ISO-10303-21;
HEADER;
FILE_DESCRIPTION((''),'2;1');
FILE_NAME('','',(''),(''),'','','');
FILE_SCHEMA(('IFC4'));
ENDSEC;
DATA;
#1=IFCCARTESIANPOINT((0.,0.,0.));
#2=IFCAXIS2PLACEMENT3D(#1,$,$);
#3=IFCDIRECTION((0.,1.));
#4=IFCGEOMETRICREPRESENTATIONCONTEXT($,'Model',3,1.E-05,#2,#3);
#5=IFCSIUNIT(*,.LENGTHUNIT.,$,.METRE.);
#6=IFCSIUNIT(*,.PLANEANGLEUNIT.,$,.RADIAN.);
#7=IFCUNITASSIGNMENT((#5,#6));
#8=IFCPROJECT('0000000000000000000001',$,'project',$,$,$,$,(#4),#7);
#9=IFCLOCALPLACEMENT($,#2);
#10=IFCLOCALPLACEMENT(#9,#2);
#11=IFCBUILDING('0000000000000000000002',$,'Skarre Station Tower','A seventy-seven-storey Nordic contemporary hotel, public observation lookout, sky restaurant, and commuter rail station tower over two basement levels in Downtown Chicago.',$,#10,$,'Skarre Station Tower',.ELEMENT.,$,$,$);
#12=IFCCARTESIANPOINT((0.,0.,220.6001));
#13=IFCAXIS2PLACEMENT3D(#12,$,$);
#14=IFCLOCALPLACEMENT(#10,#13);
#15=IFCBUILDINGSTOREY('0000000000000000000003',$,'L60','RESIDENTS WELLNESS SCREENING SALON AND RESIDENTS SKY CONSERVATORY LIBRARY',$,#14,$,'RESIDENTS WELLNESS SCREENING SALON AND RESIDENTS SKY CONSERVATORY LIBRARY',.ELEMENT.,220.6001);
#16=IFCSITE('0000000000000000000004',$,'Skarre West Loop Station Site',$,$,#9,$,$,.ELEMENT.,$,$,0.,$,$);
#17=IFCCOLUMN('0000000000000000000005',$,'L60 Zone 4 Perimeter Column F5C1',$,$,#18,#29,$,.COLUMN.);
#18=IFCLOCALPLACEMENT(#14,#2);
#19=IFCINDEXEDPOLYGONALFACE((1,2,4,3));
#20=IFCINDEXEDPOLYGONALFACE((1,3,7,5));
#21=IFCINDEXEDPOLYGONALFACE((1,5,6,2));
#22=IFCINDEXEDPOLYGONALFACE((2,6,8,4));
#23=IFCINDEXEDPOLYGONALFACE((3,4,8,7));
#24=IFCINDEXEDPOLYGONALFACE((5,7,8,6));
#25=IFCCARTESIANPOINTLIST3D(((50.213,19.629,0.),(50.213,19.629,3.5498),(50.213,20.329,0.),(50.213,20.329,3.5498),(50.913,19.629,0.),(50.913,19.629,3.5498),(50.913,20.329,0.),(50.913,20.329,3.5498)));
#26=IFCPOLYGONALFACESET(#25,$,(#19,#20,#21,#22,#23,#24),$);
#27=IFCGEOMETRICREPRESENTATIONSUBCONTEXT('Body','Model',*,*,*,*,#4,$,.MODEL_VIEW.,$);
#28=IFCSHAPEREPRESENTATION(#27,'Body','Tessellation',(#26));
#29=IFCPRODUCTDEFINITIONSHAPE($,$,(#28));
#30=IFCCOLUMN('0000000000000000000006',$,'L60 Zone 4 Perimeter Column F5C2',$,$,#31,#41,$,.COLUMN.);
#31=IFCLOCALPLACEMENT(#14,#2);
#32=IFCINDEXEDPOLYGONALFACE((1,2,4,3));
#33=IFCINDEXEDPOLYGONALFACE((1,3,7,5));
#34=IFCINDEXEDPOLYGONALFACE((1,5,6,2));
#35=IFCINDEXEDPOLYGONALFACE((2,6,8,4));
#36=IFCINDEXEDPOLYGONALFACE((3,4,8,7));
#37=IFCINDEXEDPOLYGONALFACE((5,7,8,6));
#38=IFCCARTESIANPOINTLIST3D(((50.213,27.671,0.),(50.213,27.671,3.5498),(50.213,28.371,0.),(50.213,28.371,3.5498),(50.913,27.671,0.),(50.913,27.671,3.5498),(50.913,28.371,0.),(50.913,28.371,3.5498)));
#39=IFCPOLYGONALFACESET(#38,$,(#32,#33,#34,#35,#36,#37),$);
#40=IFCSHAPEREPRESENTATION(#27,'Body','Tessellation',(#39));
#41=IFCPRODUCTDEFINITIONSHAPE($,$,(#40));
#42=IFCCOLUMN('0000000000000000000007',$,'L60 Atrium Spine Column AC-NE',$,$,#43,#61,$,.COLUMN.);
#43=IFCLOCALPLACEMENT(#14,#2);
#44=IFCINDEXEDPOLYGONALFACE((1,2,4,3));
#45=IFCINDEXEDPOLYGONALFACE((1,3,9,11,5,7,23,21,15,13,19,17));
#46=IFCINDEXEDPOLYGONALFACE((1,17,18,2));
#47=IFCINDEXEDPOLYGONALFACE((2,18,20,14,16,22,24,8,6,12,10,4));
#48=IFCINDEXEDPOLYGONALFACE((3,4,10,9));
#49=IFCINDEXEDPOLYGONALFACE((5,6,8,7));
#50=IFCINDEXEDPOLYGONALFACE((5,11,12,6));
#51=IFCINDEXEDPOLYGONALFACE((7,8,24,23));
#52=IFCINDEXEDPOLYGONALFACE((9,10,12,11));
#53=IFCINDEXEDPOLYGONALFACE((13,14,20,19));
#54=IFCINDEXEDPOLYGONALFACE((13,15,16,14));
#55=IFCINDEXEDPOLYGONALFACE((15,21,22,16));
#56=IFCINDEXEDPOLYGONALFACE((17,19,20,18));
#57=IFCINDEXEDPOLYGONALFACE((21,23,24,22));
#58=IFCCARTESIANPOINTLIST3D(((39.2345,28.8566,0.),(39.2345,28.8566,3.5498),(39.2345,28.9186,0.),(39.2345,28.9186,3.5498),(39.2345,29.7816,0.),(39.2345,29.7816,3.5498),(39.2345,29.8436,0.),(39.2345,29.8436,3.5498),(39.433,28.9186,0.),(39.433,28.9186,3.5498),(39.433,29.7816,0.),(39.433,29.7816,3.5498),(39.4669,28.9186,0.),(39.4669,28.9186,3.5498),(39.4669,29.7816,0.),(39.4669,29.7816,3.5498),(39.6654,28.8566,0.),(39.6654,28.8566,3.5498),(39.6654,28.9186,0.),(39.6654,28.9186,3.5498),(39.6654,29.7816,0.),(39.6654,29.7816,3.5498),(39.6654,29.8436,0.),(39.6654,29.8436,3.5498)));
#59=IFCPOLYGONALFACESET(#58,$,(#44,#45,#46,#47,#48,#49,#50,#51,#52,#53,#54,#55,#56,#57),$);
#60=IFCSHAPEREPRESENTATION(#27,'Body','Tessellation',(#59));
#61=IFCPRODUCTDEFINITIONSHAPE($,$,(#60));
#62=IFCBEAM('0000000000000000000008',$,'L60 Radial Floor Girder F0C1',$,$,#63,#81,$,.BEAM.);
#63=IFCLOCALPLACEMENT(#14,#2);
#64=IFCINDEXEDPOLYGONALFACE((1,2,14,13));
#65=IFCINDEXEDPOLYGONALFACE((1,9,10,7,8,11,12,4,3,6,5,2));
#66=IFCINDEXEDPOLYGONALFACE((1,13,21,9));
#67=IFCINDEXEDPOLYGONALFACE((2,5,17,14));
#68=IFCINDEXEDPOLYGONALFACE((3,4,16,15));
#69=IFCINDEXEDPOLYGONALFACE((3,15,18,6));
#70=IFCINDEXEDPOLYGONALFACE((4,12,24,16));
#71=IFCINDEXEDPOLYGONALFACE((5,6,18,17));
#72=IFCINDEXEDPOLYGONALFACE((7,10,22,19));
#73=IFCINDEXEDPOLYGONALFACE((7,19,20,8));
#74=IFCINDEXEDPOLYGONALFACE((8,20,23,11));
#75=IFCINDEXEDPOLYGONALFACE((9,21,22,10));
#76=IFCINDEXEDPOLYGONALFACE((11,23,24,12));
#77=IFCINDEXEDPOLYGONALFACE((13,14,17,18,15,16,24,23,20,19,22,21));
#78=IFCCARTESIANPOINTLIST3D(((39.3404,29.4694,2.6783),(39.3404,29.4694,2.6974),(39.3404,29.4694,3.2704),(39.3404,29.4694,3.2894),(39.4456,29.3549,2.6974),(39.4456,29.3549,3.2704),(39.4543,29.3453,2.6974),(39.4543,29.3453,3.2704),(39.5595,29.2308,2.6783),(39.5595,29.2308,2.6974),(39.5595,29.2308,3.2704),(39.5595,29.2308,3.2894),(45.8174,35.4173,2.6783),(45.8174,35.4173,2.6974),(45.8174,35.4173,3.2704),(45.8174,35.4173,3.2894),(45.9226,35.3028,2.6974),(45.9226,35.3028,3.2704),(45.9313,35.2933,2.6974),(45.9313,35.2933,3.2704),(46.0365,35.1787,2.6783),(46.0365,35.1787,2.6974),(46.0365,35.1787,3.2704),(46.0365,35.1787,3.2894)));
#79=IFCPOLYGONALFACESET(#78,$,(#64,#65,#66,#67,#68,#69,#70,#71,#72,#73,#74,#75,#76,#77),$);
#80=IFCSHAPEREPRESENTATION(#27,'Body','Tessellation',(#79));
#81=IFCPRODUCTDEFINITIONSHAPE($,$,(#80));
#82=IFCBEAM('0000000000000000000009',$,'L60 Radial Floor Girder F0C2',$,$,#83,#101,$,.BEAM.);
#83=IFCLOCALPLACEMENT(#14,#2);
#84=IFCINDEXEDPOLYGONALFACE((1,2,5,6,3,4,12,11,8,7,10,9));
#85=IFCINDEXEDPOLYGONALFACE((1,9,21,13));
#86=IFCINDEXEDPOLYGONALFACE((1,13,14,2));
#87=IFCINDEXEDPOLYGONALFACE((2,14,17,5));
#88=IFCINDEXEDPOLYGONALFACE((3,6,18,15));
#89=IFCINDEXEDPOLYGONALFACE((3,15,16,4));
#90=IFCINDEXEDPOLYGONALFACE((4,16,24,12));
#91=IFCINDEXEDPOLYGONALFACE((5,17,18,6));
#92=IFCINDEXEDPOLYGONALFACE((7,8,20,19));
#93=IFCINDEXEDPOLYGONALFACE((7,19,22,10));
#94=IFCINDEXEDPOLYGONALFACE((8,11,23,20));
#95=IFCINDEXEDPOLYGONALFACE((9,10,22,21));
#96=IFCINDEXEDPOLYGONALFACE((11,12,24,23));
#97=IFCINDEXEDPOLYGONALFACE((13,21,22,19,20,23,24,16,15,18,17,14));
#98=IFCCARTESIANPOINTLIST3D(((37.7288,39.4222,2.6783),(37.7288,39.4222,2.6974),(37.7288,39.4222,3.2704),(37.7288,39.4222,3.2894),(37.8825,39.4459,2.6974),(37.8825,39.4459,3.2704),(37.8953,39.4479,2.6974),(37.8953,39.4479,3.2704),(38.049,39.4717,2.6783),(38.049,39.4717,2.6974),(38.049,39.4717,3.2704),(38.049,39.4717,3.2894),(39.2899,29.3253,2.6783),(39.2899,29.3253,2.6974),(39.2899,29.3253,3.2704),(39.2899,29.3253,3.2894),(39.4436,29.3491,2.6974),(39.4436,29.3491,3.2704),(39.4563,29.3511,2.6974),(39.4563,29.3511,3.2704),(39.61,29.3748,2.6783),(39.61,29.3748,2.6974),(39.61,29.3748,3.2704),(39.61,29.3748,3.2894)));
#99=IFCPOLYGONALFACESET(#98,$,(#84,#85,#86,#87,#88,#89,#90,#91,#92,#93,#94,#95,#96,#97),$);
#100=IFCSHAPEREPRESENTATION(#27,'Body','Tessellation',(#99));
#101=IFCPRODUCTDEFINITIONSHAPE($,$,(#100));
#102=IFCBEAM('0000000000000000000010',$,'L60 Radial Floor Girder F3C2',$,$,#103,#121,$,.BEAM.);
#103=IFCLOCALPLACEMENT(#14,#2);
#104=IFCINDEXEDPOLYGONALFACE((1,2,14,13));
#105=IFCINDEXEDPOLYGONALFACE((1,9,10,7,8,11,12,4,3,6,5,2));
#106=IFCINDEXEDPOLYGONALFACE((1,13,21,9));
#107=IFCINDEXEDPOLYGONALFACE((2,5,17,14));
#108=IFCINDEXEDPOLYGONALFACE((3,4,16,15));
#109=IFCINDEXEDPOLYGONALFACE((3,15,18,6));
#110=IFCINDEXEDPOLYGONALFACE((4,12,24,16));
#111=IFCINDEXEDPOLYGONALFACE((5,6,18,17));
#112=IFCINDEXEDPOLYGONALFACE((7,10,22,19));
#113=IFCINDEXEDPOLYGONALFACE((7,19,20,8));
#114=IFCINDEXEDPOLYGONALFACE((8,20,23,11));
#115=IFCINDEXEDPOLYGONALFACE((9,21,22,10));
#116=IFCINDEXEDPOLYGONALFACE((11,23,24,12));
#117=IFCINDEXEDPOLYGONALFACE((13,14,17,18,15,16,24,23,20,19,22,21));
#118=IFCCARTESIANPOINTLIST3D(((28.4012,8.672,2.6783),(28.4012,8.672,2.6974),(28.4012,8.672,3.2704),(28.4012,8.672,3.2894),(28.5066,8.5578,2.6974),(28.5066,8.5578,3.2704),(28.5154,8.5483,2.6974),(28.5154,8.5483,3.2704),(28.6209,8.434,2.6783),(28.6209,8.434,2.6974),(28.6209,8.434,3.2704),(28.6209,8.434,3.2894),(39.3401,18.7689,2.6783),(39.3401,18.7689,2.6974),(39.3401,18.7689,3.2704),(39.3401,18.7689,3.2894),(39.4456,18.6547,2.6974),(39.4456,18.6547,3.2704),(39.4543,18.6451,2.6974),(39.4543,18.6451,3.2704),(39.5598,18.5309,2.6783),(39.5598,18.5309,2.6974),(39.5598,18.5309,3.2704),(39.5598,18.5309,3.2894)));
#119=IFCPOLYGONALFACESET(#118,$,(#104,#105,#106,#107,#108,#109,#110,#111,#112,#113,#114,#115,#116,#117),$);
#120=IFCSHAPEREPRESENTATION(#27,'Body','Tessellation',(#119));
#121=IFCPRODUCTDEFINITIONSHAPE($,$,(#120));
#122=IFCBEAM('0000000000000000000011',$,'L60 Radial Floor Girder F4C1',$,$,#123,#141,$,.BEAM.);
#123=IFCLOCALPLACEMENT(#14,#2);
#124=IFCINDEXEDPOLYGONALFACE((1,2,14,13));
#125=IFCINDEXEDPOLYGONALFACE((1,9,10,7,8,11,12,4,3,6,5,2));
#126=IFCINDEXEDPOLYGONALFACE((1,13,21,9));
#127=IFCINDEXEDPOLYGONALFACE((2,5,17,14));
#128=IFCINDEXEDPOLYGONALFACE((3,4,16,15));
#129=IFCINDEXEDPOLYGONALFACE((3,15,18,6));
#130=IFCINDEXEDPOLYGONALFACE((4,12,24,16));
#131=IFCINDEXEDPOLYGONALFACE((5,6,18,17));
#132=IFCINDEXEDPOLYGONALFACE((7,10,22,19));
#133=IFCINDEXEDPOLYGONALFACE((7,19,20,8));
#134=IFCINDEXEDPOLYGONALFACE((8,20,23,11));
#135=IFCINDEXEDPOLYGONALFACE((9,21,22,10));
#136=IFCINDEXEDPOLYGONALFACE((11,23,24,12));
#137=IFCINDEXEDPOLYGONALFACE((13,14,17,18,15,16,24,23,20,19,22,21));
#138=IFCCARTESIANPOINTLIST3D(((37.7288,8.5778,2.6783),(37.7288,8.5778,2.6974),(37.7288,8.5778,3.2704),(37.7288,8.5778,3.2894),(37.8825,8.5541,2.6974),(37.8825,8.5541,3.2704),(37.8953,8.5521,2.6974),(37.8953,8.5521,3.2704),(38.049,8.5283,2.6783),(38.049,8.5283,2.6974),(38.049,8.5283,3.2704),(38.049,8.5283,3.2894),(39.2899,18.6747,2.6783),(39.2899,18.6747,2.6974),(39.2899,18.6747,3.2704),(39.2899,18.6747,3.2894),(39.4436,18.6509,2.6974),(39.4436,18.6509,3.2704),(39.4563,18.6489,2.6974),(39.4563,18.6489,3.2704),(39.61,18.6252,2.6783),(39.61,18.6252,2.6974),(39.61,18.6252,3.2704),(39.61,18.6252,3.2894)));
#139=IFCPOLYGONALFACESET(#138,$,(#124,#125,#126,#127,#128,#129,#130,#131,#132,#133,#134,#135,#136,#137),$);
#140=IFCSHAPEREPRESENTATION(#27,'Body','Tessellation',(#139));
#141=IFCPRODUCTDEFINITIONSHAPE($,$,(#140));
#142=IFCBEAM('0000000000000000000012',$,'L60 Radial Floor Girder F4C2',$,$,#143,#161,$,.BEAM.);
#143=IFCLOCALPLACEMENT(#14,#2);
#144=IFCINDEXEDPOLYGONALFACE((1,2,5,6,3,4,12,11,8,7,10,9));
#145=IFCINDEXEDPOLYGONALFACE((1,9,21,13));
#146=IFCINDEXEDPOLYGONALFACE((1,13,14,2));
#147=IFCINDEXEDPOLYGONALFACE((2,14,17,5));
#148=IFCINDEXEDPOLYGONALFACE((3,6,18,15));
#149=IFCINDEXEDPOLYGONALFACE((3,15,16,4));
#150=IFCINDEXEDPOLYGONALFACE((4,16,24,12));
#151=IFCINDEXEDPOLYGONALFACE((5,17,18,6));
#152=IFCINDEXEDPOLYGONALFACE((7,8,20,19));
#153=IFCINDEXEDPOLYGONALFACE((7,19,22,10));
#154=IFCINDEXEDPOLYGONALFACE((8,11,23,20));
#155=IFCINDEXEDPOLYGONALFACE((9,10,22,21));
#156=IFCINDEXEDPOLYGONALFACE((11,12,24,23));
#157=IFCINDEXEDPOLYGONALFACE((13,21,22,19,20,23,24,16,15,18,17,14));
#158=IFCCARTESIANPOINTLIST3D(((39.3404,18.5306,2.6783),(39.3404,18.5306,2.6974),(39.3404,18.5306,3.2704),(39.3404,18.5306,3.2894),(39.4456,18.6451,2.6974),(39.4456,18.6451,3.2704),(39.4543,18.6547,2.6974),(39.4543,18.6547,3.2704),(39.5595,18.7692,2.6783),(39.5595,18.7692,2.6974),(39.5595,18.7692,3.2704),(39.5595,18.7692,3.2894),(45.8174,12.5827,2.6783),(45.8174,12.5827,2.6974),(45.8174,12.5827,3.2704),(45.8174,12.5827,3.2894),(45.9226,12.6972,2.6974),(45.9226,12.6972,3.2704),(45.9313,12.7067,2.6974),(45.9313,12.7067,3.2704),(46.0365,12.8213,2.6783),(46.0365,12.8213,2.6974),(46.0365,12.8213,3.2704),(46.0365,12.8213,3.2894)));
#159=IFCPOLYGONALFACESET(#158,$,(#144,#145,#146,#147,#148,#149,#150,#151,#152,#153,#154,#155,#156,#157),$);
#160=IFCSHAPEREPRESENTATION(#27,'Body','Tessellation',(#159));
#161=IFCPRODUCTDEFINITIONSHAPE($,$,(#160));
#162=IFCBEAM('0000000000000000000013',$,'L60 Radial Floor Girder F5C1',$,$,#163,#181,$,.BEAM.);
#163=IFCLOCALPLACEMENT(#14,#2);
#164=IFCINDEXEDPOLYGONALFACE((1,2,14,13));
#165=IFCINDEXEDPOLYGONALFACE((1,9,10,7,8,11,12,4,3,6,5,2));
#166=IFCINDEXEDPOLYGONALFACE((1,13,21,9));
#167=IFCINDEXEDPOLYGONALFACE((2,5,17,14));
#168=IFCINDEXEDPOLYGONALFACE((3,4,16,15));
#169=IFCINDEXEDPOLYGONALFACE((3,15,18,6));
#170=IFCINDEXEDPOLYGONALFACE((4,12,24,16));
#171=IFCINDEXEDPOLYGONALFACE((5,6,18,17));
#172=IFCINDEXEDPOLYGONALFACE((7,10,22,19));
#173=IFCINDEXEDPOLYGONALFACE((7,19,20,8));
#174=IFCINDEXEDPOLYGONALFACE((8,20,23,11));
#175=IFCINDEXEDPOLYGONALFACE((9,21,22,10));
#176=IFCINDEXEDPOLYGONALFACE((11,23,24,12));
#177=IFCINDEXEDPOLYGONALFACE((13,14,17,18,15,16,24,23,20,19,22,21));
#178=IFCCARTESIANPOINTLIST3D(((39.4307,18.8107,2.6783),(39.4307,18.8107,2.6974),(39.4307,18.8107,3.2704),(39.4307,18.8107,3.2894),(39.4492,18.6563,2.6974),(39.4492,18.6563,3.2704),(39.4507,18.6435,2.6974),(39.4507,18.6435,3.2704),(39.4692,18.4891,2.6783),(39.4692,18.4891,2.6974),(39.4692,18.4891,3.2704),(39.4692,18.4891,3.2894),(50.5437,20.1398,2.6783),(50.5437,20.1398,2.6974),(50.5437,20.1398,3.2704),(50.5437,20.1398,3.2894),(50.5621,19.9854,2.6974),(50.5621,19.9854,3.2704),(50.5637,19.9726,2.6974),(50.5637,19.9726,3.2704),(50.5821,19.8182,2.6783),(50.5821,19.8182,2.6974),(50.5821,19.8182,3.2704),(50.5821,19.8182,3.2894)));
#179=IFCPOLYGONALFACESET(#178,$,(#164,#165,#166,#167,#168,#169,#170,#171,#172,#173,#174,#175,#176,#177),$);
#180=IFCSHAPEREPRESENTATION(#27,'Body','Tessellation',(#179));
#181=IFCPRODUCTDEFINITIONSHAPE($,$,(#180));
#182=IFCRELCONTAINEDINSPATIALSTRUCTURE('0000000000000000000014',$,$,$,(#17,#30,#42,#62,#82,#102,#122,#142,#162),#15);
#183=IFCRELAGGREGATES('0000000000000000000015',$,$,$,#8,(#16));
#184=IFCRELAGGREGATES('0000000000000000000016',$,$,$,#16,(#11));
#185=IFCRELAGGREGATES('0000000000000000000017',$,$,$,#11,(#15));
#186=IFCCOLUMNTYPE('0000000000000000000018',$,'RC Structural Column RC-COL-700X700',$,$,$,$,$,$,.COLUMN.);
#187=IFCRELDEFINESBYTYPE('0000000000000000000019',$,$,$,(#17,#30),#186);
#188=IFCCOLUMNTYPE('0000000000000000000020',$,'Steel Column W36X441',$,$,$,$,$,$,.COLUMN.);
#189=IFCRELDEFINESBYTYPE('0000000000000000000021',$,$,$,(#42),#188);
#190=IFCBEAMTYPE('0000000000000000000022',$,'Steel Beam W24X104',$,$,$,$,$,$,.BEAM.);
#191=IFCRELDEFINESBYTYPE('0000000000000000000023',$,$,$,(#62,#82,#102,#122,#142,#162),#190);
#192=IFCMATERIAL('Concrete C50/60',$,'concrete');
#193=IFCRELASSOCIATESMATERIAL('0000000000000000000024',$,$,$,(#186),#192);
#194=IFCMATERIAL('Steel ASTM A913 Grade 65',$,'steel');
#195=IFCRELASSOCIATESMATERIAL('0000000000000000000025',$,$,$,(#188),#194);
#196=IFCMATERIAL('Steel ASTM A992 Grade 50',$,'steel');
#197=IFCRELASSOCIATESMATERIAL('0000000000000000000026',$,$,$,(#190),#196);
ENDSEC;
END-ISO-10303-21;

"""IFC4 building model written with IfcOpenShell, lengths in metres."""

from ifc_helpers import new_model, si_unit, direction, frame, origin, origin_2d, place, context, subcontext, project, spatial, rectangle, i_section, extrude, material, material_profile, profile_set, type_object, element, save


model = new_model("IFC4")

# Units and contexts
model_context = context("Model", 3, precision=1e-05, world=origin(), true_north=direction((0.0, 1.0)))
body_context = subcontext(model_context, "Body", "Model", "MODEL_VIEW")
ifc_project = project(units=[si_unit("LENGTHUNIT", "METRE"), si_unit("PLANEANGLEUNIT", "RADIAN")], contexts=[model_context])

# Site, building, storey
site_placement = place(None, origin())
site = spatial("IfcSite", under=ifc_project, at=site_placement, Name="Skarre West Loop Station Site", CompositionType="ELEMENT", RefElevation=0.0)
building_placement = place(site_placement, origin())
building = spatial("IfcBuilding", under=site, at=building_placement, Name="Skarre Station Tower", Description="A seventy-seven-storey Nordic contemporary hotel, public observation lookout, sky restaurant, and commuter rail station tower over two basement levels in Downtown Chicago.", LongName="Skarre Station Tower", CompositionType="ELEMENT")
storey_placement = place(building_placement, frame((0.0, 0.0, 220.6001)))
storey = spatial("IfcBuildingStorey", under=building, at=storey_placement, Name="L60", Description="RESIDENTS WELLNESS SCREENING SALON AND RESIDENTS SKY CONSERVATORY LIBRARY", LongName="RESIDENTS WELLNESS SCREENING SALON AND RESIDENTS SKY CONSERVATORY LIBRARY", CompositionType="ELEMENT", Elevation=220.6001)

# Columns
ifc_material_1 = material(Name="Concrete C50/60", Category="concrete")
ifc_material_profile_1 = material_profile(ifc_material_1, rectangle(XDim=0.7, YDim=0.7, at=origin_2d()), Name="Concrete C50/60")
ifc_profile_set_1 = profile_set([ifc_material_profile_1], Name="Concrete C50/60")
column_type_1 = type_object("IfcColumnType", Name="RC Structural Column RC-COL-700X700", PredefinedType="COLUMN", material=ifc_profile_set_1)
for number, where, z_axis, x_axis, name in (
    (1, (50.563, 19.979, 0.0), (0.0, 0.0, 1.0), (1.0, 0.0, 0.0), "L60 Zone 4 Perimeter Column F5C1"),
    (2, (50.563, 28.021, 0.0), (0.0, 0.0, 1.0), (1.0, 0.0, 0.0), "L60 Zone 4 Perimeter Column F5C2"),
):
    element("IfcColumn", number, at=place(storey_placement, frame(where, z_axis=z_axis, x_axis=x_axis)), inside=storey, type_object=column_type_1, Name=name, PredefinedType="COLUMN", context=body_context, shape_type="SweptSolid", body=[
        extrude(rectangle(XDim=0.7, YDim=0.7, at=origin_2d()), origin(), (0.0, 0.0, 1.0), 3.5498),
    ])
ifc_material_2 = material(Name="Steel ASTM A913 Grade 65", Category="steel")
ifc_material_profile_2 = material_profile(ifc_material_2, i_section(OverallWidth=0.4309, OverallDepth=0.9871, WebThickness=0.0339, FlangeThickness=0.062, at=origin_2d()), Name="Steel ASTM A913 Grade 65")
ifc_profile_set_2 = profile_set([ifc_material_profile_2], Name="Steel ASTM A913 Grade 65")
column_type_2 = type_object("IfcColumnType", Name="Steel Column W36X441", PredefinedType="COLUMN", material=ifc_profile_set_2)
column_placement = place(storey_placement, frame((39.45, 29.3501, 0.0), z_axis=(0.0, 0.0, 1.0), x_axis=(1.0, 0.0, 0.0)))
element("IfcColumn", 3, at=column_placement, inside=storey, type_object=column_type_2, Name="L60 Atrium Spine Column AC-NE", PredefinedType="COLUMN", context=body_context, shape_type="SweptSolid", body=[
    extrude(i_section(OverallWidth=0.4309, OverallDepth=0.9871, WebThickness=0.0339, FlangeThickness=0.062, at=origin_2d()), origin(), (0.0, 0.0, 1.0), 3.5498),
])

# Beams
ifc_material_3 = material(Name="Steel ASTM A992 Grade 50", Category="steel")
ifc_material_profile_3 = material_profile(ifc_material_3, i_section(OverallWidth=0.324, OverallDepth=0.6111, WebThickness=0.0129, FlangeThickness=0.019, at=origin_2d()), Name="Steel ASTM A992 Grade 50")
ifc_profile_set_3 = profile_set([ifc_material_profile_3], Name="Steel ASTM A992 Grade 50")
beam_type_1 = type_object("IfcBeamType", Name="Steel Beam W24X104", PredefinedType="BEAM", material=ifc_profile_set_3)
beam_1_placement = place(storey_placement, frame((39.45, 29.3501, 2.9839), z_axis=(0.736548, 0.676386, 0.0), x_axis=(-0.676386, 0.736548, 0.0)))
element("IfcBeam", 4, at=beam_1_placement, inside=storey, type_object=beam_type_1, Name="L60 Radial Floor Girder F0C1", PredefinedType="BEAM", context=body_context, shape_type="SweptSolid", body=[
    extrude(i_section(OverallWidth=0.324, OverallDepth=0.6111, WebThickness=0.0129, FlangeThickness=0.019, at=origin_2d()), origin(), (0.0, 0.0, 1.0), 8.7937),
])
beam_2_placement = place(storey_placement, frame((39.45, 29.3501, 2.9839), z_axis=(-0.15279, 0.988259, 0.0), x_axis=(-0.988259, -0.15279, 0.0)))
element("IfcBeam", 5, at=beam_2_placement, inside=storey, type_object=beam_type_1, Name="L60 Radial Floor Girder F0C2", PredefinedType="BEAM", context=body_context, shape_type="SweptSolid", body=[
    extrude(i_section(OverallWidth=0.324, OverallDepth=0.6111, WebThickness=0.0129, FlangeThickness=0.019, at=origin_2d()), origin(), (0.0, 0.0, 1.0), 10.2168),
])
beam_3_placement = place(storey_placement, frame((39.45, 18.6499, 2.9839), z_axis=(-0.734823, -0.678259, 0.0), x_axis=(0.678259, -0.734823, 0.0)))
element("IfcBeam", 6, at=beam_3_placement, inside=storey, type_object=beam_type_1, Name="L60 Radial Floor Girder F3C2", PredefinedType="BEAM", context=body_context, shape_type="SweptSolid", body=[
    extrude(i_section(OverallWidth=0.324, OverallDepth=0.6111, WebThickness=0.0129, FlangeThickness=0.019, at=origin_2d()), origin(), (0.0, 0.0, 1.0), 14.8865),
])
beam_4_placement = place(storey_placement, frame((39.45, 18.6499, 2.9839), z_axis=(-0.15279, -0.988259, 0.0), x_axis=(0.988259, -0.15279, 0.0)))
element("IfcBeam", 7, at=beam_4_placement, inside=storey, type_object=beam_type_1, Name="L60 Radial Floor Girder F4C1", PredefinedType="BEAM", context=body_context, shape_type="SweptSolid", body=[
    extrude(i_section(OverallWidth=0.324, OverallDepth=0.6111, WebThickness=0.0129, FlangeThickness=0.019, at=origin_2d()), origin(), (0.0, 0.0, 1.0), 10.2168),
])
beam_5_placement = place(storey_placement, frame((39.45, 18.6499, 2.9839), z_axis=(0.736548, -0.676386, 0.0), x_axis=(0.676386, 0.736548, 0.0)))
element("IfcBeam", 8, at=beam_5_placement, inside=storey, type_object=beam_type_1, Name="L60 Radial Floor Girder F4C2", PredefinedType="BEAM", context=body_context, shape_type="SweptSolid", body=[
    extrude(i_section(OverallWidth=0.324, OverallDepth=0.6111, WebThickness=0.0129, FlangeThickness=0.019, at=origin_2d()), origin(), (0.0, 0.0, 1.0), 8.7937),
])
for number, where, z_axis, x_axis, name in (
    (9, (39.45, 18.6499, 2.9839), (0.992924, 0.118752, 0.0), (-0.118752, 0.992924, 0.0), "L60 Radial Floor Girder F5C1"),
):
    element("IfcBeam", number, at=place(storey_placement, frame(where, z_axis=z_axis, x_axis=x_axis)), inside=storey, type_object=beam_type_1, Name=name, PredefinedType="BEAM", context=body_context, shape_type="SweptSolid", body=[
        extrude(i_section(OverallWidth=0.324, OverallDepth=0.6111, WebThickness=0.0129, FlangeThickness=0.019, at=origin_2d()), origin(), (0.0, 0.0, 1.0), 11.1921),
    ])

save(model, "model.ifc")
